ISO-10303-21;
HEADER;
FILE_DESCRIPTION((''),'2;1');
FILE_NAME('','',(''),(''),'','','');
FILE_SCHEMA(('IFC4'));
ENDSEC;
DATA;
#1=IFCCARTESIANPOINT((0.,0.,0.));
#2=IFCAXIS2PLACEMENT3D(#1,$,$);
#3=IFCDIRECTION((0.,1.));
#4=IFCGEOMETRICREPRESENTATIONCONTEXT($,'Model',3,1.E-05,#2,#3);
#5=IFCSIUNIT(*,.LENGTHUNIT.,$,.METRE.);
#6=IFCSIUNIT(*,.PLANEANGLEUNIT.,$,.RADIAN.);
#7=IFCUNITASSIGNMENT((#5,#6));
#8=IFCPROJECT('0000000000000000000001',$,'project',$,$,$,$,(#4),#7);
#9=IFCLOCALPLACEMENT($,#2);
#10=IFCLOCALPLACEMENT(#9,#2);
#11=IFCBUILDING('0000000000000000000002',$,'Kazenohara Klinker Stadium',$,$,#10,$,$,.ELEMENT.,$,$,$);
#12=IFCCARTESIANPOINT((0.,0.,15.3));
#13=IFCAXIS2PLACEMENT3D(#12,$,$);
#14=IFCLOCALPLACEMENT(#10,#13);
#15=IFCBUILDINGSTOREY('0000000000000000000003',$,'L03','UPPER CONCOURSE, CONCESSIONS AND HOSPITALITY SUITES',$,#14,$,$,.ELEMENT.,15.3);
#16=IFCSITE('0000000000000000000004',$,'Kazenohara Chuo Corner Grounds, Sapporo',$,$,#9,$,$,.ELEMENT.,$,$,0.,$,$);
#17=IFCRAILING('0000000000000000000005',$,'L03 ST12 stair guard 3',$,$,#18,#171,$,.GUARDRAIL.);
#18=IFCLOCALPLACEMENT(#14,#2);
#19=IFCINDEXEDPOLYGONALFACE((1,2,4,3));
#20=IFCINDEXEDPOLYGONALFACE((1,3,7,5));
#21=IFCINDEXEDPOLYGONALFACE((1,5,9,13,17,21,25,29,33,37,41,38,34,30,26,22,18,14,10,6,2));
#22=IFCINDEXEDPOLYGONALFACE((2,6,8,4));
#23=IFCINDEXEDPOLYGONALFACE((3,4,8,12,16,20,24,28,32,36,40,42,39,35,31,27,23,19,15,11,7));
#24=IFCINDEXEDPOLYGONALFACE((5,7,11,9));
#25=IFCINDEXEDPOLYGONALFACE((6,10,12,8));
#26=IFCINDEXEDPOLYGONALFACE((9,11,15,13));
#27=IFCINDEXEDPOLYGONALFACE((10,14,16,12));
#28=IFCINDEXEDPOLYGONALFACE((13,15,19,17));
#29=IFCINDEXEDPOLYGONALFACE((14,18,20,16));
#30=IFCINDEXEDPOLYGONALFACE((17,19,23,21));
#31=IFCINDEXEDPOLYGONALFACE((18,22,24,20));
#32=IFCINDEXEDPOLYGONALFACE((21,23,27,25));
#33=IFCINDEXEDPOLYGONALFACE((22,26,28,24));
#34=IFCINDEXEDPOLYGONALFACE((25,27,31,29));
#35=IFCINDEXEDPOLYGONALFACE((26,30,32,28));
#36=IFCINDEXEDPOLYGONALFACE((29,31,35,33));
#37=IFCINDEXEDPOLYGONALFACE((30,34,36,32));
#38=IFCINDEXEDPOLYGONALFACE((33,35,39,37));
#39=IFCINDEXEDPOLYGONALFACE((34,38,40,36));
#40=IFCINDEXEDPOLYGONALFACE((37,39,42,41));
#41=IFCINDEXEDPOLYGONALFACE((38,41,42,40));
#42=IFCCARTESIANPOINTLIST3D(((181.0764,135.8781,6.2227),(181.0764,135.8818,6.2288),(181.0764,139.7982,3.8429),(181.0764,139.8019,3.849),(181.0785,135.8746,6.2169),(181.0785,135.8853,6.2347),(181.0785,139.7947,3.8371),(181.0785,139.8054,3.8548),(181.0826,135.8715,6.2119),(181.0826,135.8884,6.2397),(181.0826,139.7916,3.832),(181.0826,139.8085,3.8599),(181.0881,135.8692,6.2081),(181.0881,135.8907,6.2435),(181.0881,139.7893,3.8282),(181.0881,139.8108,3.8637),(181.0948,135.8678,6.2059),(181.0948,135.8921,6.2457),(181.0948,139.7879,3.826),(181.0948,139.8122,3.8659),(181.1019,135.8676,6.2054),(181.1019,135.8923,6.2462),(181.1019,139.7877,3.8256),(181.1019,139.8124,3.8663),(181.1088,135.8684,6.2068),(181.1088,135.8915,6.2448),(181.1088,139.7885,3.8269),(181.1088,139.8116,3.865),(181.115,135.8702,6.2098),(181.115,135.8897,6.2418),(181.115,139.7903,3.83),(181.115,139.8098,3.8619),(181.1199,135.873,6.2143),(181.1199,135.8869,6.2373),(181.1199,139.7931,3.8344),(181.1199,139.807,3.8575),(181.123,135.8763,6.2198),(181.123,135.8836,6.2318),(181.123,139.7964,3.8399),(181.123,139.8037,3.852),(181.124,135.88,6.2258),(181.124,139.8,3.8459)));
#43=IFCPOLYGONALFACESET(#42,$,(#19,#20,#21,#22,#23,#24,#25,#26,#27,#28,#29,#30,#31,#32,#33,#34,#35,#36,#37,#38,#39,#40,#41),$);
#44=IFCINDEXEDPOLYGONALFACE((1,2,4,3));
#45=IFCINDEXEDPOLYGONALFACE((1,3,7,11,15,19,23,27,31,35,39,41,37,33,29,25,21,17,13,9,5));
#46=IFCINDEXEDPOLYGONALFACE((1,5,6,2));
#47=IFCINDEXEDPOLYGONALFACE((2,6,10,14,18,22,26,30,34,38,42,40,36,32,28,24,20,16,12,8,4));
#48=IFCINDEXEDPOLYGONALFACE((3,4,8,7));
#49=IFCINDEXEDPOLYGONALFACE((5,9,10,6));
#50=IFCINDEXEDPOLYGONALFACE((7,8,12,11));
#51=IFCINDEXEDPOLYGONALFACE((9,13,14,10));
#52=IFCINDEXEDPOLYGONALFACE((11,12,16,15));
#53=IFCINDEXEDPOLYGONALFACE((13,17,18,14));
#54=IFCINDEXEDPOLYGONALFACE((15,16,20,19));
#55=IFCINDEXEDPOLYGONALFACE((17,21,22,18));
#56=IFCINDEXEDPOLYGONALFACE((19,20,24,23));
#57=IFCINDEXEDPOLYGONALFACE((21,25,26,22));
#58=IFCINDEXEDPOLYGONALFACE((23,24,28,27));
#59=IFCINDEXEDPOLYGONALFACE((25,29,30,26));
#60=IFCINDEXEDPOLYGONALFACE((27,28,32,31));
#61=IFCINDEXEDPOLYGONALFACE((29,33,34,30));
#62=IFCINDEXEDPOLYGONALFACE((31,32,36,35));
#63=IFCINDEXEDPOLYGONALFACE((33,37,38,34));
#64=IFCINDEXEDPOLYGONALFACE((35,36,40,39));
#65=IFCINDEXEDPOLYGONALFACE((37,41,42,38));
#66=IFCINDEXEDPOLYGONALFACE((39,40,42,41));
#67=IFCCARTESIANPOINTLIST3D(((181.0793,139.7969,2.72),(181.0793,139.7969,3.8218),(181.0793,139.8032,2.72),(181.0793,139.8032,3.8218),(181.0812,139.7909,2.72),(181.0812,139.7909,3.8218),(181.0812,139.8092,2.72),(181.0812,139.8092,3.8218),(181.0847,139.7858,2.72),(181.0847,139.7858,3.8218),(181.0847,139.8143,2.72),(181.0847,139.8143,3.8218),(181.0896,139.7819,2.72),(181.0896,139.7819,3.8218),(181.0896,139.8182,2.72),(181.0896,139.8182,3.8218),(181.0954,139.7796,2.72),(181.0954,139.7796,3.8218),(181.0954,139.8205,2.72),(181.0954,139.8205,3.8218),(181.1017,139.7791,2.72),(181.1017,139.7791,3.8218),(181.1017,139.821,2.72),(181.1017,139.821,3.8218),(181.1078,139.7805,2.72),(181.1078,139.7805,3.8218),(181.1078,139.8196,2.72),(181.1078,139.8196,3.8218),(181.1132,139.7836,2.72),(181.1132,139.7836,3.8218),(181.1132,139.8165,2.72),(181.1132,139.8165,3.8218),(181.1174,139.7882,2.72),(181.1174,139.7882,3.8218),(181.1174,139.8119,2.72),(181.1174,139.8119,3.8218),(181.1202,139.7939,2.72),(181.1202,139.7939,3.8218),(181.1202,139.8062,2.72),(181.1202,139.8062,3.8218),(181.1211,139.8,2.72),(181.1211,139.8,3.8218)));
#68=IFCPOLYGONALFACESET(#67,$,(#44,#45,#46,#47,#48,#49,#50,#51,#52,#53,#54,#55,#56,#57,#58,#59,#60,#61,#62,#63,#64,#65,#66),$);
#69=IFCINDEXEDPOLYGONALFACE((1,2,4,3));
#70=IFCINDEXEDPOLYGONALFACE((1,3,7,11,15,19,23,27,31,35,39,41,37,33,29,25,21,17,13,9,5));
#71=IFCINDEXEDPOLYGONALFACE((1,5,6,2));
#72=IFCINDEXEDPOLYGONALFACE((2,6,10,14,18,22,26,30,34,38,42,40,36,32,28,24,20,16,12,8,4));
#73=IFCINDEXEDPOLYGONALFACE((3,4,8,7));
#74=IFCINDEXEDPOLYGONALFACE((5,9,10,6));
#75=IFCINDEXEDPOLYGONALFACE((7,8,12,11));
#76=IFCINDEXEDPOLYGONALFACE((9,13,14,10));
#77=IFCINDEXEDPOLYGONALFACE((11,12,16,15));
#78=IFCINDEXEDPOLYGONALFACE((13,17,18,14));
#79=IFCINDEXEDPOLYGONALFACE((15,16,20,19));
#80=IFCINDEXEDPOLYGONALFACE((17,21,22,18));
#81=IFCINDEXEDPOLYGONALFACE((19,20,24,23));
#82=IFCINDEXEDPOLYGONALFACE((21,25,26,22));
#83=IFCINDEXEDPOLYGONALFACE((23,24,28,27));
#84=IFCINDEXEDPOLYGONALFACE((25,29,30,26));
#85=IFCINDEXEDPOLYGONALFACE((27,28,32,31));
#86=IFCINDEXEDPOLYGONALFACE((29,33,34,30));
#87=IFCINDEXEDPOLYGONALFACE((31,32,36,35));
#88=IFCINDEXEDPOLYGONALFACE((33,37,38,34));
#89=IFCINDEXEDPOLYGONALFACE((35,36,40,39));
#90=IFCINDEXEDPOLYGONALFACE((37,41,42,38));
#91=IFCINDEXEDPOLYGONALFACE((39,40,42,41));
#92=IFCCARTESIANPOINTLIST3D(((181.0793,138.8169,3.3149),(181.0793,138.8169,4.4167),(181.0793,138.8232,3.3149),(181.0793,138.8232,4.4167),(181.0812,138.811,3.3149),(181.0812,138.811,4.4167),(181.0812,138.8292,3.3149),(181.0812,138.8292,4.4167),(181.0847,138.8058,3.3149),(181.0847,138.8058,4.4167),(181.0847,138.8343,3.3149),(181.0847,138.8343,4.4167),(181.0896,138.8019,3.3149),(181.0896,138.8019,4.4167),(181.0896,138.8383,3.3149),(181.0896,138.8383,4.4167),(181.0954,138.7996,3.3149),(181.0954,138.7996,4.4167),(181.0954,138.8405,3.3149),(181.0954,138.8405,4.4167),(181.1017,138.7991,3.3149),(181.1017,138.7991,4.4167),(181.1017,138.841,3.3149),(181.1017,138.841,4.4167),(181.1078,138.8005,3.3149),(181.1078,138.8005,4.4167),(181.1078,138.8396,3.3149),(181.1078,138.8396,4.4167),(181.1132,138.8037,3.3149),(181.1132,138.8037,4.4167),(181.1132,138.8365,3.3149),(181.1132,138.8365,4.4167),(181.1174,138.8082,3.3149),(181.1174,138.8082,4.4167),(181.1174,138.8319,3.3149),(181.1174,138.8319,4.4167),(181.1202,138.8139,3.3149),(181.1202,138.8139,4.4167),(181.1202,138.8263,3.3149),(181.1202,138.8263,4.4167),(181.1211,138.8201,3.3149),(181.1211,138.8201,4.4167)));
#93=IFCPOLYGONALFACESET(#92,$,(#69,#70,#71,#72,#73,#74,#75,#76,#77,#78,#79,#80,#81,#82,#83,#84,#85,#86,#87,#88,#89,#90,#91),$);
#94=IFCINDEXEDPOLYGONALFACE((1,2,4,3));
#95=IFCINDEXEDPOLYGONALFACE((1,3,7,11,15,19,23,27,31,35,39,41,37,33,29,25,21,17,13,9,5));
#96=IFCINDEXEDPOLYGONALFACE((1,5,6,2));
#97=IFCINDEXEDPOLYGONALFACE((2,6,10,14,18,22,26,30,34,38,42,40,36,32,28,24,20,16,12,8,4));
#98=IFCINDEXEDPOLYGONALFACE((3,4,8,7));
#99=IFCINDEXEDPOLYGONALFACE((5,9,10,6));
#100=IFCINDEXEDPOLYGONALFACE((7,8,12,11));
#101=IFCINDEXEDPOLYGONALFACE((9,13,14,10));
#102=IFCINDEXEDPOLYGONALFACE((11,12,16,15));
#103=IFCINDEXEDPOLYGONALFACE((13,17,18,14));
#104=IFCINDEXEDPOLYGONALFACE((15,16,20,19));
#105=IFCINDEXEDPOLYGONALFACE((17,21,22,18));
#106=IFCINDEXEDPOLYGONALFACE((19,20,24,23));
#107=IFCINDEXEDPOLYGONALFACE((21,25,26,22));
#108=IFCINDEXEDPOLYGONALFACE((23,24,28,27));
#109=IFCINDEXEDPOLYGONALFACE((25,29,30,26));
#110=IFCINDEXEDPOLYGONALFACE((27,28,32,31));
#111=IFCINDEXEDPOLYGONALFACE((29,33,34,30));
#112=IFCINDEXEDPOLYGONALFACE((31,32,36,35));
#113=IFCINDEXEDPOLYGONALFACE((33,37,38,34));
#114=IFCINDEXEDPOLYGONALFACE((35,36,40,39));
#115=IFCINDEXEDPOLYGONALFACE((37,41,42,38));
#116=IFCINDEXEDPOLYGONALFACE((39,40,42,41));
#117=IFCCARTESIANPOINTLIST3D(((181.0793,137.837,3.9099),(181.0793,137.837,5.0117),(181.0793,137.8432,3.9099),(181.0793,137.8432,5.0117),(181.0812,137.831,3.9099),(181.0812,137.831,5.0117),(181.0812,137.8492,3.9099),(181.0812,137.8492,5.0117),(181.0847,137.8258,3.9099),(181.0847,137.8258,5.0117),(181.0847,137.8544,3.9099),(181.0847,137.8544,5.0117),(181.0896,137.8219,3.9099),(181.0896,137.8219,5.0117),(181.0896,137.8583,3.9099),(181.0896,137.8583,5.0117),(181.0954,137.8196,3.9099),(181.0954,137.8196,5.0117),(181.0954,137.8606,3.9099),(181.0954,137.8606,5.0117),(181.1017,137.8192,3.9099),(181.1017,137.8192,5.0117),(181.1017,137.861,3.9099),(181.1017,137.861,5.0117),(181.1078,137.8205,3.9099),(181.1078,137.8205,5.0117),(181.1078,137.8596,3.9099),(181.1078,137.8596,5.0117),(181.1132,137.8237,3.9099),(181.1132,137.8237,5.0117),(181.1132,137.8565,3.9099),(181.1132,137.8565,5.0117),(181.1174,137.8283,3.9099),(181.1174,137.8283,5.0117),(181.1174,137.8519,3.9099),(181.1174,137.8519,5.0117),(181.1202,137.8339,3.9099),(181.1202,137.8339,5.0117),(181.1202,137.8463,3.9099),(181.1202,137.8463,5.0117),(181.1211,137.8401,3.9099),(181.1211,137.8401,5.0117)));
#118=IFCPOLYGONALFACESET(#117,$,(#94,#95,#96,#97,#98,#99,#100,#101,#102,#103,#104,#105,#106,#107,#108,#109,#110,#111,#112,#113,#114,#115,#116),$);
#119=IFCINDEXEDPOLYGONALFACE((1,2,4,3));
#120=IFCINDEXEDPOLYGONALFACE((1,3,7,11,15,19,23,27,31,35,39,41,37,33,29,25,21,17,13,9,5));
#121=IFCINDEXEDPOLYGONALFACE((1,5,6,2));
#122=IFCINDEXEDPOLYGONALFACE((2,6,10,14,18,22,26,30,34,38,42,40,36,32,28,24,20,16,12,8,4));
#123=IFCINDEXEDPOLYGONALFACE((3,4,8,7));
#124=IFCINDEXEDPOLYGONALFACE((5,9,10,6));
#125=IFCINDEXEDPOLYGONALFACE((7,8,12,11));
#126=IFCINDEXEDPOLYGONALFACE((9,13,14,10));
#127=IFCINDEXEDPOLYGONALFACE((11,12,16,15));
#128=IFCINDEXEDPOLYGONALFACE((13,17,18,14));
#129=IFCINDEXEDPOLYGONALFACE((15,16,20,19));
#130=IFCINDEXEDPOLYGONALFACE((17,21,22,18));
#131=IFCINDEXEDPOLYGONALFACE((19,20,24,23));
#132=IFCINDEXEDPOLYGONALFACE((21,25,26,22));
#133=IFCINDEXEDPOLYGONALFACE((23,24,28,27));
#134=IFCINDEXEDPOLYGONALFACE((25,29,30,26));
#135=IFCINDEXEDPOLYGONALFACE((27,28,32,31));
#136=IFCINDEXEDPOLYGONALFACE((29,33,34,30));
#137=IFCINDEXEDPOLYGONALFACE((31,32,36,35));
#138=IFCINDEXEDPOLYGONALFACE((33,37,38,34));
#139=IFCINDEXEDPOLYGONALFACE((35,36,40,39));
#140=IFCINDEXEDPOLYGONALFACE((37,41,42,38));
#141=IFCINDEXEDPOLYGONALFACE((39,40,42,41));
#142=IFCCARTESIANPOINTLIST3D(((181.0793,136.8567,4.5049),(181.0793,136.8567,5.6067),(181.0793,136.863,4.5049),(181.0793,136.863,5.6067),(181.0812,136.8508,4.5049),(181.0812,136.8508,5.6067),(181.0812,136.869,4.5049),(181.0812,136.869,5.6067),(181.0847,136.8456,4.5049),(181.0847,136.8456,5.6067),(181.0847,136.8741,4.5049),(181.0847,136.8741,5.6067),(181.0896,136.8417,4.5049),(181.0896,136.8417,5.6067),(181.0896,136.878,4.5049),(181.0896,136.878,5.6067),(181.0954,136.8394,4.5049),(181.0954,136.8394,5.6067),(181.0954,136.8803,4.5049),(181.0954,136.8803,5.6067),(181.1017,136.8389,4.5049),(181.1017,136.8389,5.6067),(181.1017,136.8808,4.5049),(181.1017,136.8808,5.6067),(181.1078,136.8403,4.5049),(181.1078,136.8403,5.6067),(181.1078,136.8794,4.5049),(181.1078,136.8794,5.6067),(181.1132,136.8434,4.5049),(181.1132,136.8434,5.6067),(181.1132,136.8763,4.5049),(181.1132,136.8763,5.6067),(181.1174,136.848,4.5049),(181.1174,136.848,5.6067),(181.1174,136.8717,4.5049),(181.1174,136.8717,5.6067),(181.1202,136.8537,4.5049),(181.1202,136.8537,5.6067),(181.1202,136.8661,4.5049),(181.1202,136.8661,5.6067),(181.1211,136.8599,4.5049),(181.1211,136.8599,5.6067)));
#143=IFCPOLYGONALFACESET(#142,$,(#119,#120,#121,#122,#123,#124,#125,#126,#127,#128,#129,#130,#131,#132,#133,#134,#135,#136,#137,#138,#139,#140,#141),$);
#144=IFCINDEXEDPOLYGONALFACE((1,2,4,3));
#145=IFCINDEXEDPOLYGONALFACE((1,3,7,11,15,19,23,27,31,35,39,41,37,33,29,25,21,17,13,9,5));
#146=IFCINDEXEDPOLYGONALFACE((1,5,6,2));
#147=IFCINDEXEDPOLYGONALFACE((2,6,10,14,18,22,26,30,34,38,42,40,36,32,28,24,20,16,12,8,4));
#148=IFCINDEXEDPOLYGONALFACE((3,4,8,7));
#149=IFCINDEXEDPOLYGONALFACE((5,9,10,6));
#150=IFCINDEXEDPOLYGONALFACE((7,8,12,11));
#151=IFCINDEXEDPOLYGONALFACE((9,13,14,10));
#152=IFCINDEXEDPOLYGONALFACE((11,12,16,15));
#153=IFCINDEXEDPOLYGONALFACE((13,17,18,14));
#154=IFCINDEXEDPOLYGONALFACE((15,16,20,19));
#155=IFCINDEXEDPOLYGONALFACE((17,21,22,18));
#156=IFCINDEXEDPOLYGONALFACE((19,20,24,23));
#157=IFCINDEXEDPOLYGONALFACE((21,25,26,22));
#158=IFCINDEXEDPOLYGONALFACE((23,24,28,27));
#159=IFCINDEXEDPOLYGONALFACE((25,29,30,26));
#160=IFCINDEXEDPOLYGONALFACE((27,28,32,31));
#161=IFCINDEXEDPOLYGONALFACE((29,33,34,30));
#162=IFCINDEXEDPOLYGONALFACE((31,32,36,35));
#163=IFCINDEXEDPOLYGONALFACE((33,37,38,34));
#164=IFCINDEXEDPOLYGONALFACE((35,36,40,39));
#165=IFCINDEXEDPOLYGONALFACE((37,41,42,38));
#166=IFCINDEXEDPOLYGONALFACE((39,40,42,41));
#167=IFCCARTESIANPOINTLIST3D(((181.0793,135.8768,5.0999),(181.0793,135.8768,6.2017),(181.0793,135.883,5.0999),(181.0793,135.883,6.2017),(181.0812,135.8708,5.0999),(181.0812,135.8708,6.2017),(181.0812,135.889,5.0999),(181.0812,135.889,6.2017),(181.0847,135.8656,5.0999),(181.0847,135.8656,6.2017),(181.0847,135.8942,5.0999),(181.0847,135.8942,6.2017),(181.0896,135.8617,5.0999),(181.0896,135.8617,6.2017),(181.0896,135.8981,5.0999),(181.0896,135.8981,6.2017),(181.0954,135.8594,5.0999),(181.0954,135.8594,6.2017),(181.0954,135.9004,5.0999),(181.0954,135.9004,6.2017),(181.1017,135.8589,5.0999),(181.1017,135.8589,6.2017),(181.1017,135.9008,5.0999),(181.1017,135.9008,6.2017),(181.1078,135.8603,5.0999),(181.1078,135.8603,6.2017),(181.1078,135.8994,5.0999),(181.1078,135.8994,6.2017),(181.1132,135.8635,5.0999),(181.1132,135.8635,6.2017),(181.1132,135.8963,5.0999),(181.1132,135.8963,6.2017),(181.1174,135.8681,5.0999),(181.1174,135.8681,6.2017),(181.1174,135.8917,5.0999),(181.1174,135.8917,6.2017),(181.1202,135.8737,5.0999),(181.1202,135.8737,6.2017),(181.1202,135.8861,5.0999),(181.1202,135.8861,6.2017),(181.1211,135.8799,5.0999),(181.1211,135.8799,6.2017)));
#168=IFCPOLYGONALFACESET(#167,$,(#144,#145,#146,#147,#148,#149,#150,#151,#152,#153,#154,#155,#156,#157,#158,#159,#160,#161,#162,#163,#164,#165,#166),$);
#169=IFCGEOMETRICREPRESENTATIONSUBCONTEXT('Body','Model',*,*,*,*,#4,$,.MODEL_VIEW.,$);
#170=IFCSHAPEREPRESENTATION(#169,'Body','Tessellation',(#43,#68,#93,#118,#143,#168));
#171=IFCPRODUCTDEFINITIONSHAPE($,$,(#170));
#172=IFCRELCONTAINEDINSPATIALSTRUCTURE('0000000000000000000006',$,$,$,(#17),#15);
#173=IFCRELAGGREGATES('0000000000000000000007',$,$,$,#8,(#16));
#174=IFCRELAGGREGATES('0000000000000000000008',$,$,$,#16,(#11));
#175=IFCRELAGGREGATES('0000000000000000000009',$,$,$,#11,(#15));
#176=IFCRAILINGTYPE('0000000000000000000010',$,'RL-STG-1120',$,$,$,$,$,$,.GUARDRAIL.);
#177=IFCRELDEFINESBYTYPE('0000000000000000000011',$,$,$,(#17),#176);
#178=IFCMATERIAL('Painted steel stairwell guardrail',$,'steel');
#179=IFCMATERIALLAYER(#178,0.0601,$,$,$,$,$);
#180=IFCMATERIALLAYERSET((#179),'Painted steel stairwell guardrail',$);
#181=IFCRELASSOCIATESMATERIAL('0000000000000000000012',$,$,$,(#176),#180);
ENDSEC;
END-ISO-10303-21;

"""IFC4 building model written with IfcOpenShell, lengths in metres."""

from ifc_helpers import new_model, si_unit, direction, frame, origin, origin_2d, place, context, subcontext, project, spatial, circle, extrude, material, layer, layer_set, type_object, element, save


model = new_model("IFC4")

# Units and contexts
model_context = context("Model", 3, precision=1e-05, world=origin(), true_north=direction((0.0, 1.0)))
body_context = subcontext(model_context, "Body", "Model", "MODEL_VIEW")
ifc_project = project(units=[si_unit("LENGTHUNIT", "METRE"), si_unit("PLANEANGLEUNIT", "RADIAN")], contexts=[model_context])

# Site, building, storey
site_placement = place(None, origin())
site = spatial("IfcSite", under=ifc_project, at=site_placement, Name="Kazenohara Chuo Corner Grounds, Sapporo", CompositionType="ELEMENT", RefElevation=0.0)
building_placement = place(site_placement, origin())
building = spatial("IfcBuilding", under=site, at=building_placement, Name="Kazenohara Klinker Stadium", CompositionType="ELEMENT")
storey_placement = place(building_placement, frame((0.0, 0.0, 15.3)))
storey = spatial("IfcBuildingStorey", under=building, at=storey_placement, Name="L03", Description="UPPER CONCOURSE, CONCESSIONS AND HOSPITALITY SUITES", CompositionType="ELEMENT", Elevation=15.3)

# Railing
ifc_material_1 = material(Name="Painted steel stairwell guardrail", Category="steel")
ifc_layer_1 = layer(ifc_material_1, 0.0601)
ifc_layer_set_1 = layer_set([ifc_layer_1], Name="Painted steel stairwell guardrail")
railing_type_1 = type_object("IfcRailingType", Name="RL-STG-1120", PredefinedType="GUARDRAIL", material=ifc_layer_set_1)
railing_1_placement = place(storey_placement, frame((181.1001, 139.8, 2.72)))
element("IfcRailing", 1, at=railing_1_placement, inside=storey, type_object=railing_type_1, Name="L03 ST12 stair guard 3", PredefinedType="GUARDRAIL", context=body_context, shape_type="SweptSolid", body=[
    extrude(circle(Radius=0.0239, at=origin_2d()), frame((0.0, 0.0, 1.126), z_axis=(0.0, -0.854809, 0.518943), x_axis=(1.0, 0.0, 0.0)), (0.0, 0.0, 1.0), 4.5859),
    extrude(circle(Radius=0.021, at=origin_2d()), origin(), (0.0, 0.0, 1.0), 1.1018),
    extrude(circle(Radius=0.021, at=origin_2d()), frame((0.0, -0.98, 0.595)), (0.0, 0.0, 1.0), 1.1018),
    extrude(circle(Radius=0.021, at=origin_2d()), frame((0.0, -1.96, 1.1899)), (0.0, 0.0, 1.0), 1.1018),
    extrude(circle(Radius=0.021, at=origin_2d()), frame((0.0, -2.9402, 1.7849)), (0.0, 0.0, 1.0), 1.1018),
    extrude(circle(Radius=0.021, at=origin_2d()), frame((0.0, -3.9202, 2.3799)), (0.0, 0.0, 1.0), 1.1018),
])

save(model, "model.ifc")
